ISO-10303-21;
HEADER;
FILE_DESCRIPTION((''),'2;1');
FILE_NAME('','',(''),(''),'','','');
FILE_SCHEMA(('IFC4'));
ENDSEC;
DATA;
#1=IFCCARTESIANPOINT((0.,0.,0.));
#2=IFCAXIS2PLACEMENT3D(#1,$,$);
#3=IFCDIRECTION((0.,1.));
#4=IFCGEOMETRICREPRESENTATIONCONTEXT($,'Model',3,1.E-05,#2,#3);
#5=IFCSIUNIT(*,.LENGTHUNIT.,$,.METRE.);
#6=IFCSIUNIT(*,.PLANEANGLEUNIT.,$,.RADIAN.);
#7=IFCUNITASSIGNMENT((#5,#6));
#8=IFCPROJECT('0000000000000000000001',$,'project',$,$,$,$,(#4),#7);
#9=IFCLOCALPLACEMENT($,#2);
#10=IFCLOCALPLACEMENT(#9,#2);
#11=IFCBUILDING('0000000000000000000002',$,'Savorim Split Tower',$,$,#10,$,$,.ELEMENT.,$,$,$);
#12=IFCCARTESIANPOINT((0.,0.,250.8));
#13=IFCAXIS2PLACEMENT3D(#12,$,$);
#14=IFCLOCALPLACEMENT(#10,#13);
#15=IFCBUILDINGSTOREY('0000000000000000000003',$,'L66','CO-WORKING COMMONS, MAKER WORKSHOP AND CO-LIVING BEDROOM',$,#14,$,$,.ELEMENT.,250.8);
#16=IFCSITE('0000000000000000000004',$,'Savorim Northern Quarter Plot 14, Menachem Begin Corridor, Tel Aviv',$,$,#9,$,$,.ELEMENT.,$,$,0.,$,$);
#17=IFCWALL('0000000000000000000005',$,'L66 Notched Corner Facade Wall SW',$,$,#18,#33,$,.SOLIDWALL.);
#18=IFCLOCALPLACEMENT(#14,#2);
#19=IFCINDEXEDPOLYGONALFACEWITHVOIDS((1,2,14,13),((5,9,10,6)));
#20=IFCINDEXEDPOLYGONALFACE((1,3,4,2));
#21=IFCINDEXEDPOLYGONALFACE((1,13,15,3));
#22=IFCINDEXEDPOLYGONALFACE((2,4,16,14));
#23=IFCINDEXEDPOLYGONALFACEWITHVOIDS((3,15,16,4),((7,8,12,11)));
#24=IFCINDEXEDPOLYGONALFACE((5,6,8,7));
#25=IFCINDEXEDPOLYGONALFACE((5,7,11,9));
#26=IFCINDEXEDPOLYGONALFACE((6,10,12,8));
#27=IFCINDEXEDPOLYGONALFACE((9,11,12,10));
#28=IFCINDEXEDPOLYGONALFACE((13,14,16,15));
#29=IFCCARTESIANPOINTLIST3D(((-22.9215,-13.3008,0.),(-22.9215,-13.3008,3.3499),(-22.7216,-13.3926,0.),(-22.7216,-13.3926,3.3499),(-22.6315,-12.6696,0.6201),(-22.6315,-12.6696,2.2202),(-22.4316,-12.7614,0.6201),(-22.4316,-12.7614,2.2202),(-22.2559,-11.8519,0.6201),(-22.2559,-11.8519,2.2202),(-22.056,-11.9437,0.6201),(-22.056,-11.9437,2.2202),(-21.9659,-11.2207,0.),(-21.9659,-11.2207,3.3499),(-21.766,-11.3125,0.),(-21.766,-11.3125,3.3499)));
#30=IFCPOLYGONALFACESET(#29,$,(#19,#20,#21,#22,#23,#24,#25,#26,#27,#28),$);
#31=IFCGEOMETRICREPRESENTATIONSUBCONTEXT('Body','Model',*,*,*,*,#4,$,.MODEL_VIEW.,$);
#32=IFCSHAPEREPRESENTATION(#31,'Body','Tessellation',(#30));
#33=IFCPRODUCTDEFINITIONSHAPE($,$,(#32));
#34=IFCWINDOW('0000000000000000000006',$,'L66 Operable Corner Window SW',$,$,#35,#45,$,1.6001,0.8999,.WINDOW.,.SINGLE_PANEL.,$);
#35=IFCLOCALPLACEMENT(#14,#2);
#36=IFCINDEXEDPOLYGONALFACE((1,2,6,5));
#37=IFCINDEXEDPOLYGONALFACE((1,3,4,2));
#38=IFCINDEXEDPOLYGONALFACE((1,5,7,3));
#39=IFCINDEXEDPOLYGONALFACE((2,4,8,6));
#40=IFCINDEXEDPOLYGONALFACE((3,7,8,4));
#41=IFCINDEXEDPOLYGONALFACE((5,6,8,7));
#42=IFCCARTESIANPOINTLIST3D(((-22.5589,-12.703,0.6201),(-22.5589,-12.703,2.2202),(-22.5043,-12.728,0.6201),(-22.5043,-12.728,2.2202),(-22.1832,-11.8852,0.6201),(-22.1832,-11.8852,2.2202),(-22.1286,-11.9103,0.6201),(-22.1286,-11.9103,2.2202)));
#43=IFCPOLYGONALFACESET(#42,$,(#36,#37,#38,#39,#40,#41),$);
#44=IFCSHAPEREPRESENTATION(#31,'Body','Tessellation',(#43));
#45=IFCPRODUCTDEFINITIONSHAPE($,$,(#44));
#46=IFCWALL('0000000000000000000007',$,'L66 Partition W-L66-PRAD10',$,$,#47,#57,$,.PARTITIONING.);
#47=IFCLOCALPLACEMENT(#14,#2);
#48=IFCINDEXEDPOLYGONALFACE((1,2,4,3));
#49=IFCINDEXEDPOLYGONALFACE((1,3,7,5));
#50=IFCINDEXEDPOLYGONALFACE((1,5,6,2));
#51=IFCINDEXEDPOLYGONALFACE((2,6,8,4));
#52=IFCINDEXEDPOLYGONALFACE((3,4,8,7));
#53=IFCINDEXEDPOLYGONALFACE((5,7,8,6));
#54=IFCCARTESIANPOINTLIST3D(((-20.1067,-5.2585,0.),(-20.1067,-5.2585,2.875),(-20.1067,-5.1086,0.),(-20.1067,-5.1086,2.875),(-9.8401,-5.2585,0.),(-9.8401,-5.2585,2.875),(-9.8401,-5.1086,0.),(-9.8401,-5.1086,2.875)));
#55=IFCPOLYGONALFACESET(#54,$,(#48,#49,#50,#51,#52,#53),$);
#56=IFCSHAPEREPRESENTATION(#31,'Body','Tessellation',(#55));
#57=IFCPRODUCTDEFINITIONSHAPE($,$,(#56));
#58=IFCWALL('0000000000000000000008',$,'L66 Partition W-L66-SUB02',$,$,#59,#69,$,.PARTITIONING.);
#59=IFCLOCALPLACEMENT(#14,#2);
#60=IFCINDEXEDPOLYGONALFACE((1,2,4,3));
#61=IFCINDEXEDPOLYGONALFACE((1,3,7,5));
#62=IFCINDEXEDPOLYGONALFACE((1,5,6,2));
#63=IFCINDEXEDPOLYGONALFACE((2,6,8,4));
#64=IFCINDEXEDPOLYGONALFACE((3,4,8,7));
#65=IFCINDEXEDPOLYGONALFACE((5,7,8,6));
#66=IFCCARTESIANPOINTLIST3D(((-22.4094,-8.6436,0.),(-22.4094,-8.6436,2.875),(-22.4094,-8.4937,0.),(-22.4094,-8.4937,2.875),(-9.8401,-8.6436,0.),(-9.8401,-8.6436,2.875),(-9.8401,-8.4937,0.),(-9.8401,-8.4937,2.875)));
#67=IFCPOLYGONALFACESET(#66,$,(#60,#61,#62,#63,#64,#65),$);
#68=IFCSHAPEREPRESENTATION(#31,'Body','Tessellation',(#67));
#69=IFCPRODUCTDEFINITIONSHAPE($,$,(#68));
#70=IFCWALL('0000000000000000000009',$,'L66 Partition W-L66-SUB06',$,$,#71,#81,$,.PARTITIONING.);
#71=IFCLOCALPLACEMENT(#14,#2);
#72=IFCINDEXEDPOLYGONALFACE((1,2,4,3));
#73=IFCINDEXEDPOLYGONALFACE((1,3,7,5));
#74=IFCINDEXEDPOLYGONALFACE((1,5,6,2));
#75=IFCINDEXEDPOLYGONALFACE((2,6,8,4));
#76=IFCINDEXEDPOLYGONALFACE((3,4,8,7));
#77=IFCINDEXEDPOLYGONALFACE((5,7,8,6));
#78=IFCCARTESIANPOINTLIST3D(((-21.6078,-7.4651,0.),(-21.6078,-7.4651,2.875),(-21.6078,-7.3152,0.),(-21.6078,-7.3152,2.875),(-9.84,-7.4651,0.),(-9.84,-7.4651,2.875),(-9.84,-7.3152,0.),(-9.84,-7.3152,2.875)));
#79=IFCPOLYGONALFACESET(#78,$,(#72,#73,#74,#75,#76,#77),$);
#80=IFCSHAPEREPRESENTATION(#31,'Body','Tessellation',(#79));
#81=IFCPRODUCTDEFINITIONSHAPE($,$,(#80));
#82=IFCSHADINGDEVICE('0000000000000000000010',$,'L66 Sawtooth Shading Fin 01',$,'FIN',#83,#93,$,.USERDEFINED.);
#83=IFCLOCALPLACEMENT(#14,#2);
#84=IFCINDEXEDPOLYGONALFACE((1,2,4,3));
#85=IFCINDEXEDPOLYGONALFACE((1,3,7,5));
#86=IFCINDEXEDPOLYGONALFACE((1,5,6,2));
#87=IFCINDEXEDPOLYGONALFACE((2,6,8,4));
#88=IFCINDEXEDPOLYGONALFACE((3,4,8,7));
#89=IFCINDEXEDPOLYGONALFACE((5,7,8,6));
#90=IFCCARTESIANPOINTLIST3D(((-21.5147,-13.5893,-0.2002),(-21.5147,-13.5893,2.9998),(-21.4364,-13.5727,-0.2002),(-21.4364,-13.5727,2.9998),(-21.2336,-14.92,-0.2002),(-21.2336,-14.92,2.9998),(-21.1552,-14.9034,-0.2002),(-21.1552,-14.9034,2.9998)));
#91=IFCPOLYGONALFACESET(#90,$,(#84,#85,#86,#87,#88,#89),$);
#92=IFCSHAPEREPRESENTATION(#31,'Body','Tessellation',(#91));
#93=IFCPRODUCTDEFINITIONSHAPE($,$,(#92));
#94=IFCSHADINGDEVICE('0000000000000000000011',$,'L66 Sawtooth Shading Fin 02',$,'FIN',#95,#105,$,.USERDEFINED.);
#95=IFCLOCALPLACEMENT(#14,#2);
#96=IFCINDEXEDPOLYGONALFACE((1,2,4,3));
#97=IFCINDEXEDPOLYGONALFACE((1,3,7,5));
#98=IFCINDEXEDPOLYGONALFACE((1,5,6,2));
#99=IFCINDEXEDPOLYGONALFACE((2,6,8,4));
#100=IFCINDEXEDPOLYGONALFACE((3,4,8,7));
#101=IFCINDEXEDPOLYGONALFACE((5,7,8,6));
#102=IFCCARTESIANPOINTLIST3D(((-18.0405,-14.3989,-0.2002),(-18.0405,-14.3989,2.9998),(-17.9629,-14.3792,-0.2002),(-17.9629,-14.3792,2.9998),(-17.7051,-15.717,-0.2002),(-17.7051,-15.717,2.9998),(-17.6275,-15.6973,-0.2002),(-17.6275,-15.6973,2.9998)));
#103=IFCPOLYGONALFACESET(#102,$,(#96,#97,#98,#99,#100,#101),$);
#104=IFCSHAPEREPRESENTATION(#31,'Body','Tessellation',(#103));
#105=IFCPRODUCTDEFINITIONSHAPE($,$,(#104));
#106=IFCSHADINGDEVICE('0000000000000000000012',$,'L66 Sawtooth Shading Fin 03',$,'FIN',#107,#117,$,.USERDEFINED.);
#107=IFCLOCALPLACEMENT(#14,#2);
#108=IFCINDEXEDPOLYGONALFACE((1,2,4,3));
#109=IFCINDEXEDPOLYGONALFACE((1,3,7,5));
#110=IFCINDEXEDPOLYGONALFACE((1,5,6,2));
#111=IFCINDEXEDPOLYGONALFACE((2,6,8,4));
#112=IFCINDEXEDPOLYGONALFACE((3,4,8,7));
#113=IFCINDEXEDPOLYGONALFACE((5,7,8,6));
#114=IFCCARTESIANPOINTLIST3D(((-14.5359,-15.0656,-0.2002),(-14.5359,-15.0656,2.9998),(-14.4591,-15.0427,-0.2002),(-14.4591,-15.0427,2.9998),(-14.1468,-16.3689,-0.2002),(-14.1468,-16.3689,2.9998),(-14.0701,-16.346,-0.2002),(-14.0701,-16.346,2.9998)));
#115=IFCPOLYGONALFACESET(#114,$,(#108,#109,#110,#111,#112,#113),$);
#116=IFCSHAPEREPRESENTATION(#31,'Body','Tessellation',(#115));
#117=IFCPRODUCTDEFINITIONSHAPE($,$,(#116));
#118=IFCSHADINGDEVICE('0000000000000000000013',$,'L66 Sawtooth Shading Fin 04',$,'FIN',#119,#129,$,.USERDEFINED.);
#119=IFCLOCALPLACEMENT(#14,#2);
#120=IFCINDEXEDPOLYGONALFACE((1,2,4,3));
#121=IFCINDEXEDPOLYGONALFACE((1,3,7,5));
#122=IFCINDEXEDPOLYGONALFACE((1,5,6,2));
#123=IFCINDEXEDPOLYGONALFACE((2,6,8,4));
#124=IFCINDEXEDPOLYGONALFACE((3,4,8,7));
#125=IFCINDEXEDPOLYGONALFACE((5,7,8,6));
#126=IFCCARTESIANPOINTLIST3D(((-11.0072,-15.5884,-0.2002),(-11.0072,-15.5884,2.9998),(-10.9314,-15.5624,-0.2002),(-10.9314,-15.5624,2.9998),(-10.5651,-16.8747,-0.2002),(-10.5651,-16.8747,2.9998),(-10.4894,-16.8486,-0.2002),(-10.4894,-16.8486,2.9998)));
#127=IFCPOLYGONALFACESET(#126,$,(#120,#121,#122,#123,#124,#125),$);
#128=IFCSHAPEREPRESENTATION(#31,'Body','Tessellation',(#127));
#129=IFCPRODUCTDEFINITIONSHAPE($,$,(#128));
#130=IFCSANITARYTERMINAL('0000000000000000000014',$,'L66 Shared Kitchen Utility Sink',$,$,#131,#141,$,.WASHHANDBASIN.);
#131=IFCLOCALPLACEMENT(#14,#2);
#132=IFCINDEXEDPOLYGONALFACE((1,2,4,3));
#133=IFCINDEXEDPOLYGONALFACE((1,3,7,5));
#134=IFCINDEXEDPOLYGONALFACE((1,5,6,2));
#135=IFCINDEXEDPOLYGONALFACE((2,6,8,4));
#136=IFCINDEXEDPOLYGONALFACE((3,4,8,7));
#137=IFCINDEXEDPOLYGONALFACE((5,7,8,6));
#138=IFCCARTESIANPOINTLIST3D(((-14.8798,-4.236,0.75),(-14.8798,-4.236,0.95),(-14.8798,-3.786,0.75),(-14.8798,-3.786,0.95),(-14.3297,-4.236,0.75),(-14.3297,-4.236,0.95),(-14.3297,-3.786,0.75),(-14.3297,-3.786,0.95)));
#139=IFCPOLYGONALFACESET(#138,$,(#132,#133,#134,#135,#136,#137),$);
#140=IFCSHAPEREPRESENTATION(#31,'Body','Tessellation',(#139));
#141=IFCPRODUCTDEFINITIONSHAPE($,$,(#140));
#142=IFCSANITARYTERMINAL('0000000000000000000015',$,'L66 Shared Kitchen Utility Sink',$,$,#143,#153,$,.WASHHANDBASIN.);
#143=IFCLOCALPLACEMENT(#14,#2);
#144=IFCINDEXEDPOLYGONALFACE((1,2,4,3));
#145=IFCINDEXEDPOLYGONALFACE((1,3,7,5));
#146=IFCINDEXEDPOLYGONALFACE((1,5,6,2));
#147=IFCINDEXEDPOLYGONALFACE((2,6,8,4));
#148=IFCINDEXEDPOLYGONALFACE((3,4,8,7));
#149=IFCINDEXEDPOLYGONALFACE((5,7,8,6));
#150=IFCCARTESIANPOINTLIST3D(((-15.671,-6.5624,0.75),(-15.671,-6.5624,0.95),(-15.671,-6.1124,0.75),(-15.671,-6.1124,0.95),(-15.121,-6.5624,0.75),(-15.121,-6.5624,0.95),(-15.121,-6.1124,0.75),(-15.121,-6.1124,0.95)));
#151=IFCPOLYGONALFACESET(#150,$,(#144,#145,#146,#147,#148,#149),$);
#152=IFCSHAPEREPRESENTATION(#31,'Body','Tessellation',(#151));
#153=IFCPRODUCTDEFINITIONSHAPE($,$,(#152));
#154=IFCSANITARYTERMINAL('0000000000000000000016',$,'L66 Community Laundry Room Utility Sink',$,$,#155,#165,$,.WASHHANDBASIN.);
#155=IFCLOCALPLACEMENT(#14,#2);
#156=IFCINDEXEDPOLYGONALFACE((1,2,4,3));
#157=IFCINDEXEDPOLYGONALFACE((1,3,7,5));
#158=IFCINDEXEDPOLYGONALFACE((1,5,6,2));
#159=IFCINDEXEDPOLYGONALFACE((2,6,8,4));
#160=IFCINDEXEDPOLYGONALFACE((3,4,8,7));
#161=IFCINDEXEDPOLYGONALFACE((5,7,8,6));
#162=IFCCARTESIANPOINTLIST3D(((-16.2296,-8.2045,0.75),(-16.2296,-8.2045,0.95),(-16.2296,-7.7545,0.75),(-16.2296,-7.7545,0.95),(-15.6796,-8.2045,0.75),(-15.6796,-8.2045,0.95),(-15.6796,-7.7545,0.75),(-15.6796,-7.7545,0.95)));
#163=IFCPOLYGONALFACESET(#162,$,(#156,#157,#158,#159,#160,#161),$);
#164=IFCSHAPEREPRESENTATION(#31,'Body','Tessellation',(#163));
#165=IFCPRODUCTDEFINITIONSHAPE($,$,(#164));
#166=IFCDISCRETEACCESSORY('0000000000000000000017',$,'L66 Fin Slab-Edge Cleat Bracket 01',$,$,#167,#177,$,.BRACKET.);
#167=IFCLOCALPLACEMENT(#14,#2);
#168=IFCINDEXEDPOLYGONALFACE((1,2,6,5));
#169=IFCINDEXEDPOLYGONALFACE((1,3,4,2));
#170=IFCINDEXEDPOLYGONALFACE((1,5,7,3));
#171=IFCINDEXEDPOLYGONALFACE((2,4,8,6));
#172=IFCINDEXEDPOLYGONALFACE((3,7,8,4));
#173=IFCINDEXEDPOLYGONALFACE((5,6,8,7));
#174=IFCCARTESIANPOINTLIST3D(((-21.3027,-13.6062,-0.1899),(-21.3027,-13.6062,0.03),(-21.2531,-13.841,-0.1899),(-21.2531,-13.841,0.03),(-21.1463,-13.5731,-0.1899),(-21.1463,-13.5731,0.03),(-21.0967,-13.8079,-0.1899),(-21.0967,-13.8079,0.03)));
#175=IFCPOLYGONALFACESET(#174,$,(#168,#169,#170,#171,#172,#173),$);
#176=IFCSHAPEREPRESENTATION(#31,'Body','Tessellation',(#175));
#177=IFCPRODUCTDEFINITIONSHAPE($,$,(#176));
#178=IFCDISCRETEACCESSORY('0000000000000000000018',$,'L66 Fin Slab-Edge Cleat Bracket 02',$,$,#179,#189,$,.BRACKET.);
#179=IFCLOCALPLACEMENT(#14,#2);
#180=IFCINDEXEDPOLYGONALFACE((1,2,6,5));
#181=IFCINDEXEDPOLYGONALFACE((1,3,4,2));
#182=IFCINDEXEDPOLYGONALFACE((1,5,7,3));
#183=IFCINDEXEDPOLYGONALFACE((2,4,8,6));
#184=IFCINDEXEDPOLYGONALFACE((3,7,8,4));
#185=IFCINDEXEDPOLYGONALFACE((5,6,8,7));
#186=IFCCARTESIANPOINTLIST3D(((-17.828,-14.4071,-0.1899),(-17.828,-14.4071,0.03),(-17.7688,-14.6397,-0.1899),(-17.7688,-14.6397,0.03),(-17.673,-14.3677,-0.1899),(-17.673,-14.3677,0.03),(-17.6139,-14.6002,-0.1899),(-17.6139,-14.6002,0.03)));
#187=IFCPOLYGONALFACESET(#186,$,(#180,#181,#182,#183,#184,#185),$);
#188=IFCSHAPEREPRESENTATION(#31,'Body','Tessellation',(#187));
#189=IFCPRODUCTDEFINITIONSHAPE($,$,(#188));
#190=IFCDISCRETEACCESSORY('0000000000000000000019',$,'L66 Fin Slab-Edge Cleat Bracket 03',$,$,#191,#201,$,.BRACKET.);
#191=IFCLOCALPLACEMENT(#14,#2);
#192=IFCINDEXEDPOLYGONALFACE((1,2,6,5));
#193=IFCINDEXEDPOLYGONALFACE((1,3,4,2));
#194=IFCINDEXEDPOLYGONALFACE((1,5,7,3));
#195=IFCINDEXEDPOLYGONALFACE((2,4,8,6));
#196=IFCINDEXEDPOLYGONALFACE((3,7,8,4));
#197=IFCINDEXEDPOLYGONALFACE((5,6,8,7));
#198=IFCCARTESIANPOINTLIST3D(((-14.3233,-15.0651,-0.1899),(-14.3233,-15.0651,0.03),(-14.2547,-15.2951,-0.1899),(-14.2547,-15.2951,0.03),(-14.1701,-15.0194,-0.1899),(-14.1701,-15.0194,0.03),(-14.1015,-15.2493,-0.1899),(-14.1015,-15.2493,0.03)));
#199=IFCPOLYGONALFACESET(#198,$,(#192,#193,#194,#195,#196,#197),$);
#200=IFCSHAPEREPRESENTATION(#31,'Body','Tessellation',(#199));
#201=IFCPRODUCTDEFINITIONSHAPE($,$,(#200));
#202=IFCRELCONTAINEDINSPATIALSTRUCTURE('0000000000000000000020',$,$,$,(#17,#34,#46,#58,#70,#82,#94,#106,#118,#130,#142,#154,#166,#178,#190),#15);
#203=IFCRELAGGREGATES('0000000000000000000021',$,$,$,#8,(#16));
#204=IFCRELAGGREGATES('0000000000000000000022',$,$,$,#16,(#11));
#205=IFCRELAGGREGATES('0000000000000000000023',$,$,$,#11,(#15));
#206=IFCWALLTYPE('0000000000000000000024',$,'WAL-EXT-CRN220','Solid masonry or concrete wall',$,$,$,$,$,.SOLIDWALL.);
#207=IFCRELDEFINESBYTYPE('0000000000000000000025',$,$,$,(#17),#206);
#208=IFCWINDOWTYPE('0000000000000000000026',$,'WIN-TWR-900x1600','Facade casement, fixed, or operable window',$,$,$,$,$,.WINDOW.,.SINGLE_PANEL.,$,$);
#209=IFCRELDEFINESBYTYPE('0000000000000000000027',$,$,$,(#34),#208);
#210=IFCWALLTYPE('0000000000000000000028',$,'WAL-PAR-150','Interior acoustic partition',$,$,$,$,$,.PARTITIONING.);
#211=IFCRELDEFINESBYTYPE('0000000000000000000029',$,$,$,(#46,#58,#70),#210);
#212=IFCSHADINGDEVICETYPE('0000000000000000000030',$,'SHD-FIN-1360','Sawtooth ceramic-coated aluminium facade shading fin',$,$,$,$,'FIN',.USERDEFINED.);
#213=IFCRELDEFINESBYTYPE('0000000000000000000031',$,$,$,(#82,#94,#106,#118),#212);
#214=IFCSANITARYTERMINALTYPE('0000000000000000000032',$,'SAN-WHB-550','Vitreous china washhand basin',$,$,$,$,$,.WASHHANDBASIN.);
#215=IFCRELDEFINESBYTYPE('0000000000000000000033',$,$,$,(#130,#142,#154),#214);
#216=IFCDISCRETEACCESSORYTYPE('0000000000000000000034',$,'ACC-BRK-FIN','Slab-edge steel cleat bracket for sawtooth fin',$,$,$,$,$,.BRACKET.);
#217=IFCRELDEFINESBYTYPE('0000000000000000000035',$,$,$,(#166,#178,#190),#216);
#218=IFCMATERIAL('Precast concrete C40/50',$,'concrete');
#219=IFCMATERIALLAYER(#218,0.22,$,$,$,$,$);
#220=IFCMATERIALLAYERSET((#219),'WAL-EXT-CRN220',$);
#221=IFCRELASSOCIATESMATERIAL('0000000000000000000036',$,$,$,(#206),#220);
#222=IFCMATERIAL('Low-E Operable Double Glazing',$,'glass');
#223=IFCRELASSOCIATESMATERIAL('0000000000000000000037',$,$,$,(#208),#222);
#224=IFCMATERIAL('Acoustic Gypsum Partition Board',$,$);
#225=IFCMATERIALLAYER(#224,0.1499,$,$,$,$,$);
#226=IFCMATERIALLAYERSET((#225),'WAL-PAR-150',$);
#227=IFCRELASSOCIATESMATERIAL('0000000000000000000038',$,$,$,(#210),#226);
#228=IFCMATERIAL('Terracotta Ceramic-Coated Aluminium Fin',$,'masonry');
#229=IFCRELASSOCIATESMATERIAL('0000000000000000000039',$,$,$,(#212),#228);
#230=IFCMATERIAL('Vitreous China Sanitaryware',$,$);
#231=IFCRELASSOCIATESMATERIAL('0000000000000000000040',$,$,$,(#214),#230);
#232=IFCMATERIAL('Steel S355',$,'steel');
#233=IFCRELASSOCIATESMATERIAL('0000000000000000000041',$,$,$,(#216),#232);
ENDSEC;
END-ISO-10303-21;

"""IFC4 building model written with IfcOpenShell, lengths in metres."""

from ifc_helpers import new_model, si_unit, direction, frame, frame_2d, origin, origin_2d, place, context, subcontext, project, spatial, rectangle, extrude, material, layer, layer_set, type_object, element, fill, save


model = new_model("IFC4")

# Units and contexts
model_context = context("Model", 3, precision=1e-05, world=origin(), true_north=direction((0.0, 1.0)))
body_context = subcontext(model_context, "Body", "Model", "MODEL_VIEW")
ifc_project = project(units=[si_unit("LENGTHUNIT", "METRE"), si_unit("PLANEANGLEUNIT", "RADIAN")], contexts=[model_context])

# Site, building, storey
site_placement = place(None, origin())
site = spatial("IfcSite", under=ifc_project, at=site_placement, Name="Savorim Northern Quarter Plot 14, Menachem Begin Corridor, Tel Aviv", CompositionType="ELEMENT", RefElevation=0.0)
building_placement = place(site_placement, origin())
building = spatial("IfcBuilding", under=site, at=building_placement, Name="Savorim Split Tower", CompositionType="ELEMENT")
storey_placement = place(building_placement, frame((0.0, 0.0, 250.8)))
storey = spatial("IfcBuildingStorey", under=building, at=storey_placement, Name="L66", Description="CO-WORKING COMMONS, MAKER WORKSHOP AND CO-LIVING BEDROOM", CompositionType="ELEMENT", Elevation=250.8)

# Shared definitions
ifc_material_1 = material(Name="Steel S355", Category="steel")

# Shared definitions
ifc_material_2 = material(Name="Precast concrete C40/50", Category="concrete")
ifc_layer_1 = layer(ifc_material_2, 0.22)
ifc_layer_set_1 = layer_set([ifc_layer_1], Name="WAL-EXT-CRN220")
wall_type_1 = type_object("IfcWallType", Name="WAL-EXT-CRN220", Description="Solid masonry or concrete wall", PredefinedType="SOLIDWALL", material=ifc_layer_set_1)

# Wall, opening, window
wall_1_placement = place(storey_placement, frame((-22.8215, -13.3467, 0.0), z_axis=(0.0, 0.0, 1.0), x_axis=(0.417448, 0.908701, 0.0)))
wall_1 = element("IfcWall", 1, at=wall_1_placement, inside=storey, type_object=wall_type_1, Name="L66 Notched Corner Facade Wall SW", PredefinedType="SOLIDWALL", context=body_context, shape_type="SweptSolid", body=[
    extrude(rectangle(XDim=2.2891, YDim=0.22, at=frame_2d((1.1445, 0.0))), origin(), (0.0, 0.0, 1.0), 3.3499),
])
opening_placement = place(wall_1_placement, frame((0.6946, 0.0, 0.6201)))
opening = element("IfcOpeningElement", 2, at=opening_placement, cuts=wall_1, PredefinedType="OPENING", context=body_context, shape_type="SweptSolid", body=[
    extrude(rectangle(XDim=0.8999, YDim=1.6001, at=frame_2d((0.45, 0.8))), frame((0.0, 0.1199, 0.0), z_axis=(0.0, -1.0, 0.0), x_axis=(1.0, 0.0, 0.0)), (0.0, 0.0, 1.0), 0.24),
])
ifc_material_3 = material(Name="Low-E Operable Double Glazing", Category="glass")
window_type = type_object("IfcWindowType", Name="WIN-TWR-900x1600", Description="Facade casement, fixed, or operable window", PartitioningType="SINGLE_PANEL", PredefinedType="WINDOW", material=ifc_material_3)
window_placement = place(opening_placement, origin())
window = element("IfcWindow", 3, at=window_placement, inside=storey, type_object=window_type, Name="L66 Operable Corner Window SW", OverallHeight=1.6001, OverallWidth=0.8999, PartitioningType="SINGLE_PANEL", PredefinedType="WINDOW", context=body_context, shape_type="SweptSolid", body=[
    extrude(rectangle(XDim=0.8999, YDim=1.6001, at=frame_2d((0.45, 0.8))), frame((0.0, 0.03, 0.0), z_axis=(0.0, -1.0, 0.0), x_axis=(1.0, 0.0, 0.0)), (0.0, 0.0, 1.0), 0.0601),
])
fill(opening, window)

# Walls
ifc_material_4 = material(Name="Acoustic Gypsum Partition Board")
ifc_layer_2 = layer(ifc_material_4, 0.1499)
ifc_layer_set_2 = layer_set([ifc_layer_2], Name="WAL-PAR-150")
wall_type_2 = type_object("IfcWallType", Name="WAL-PAR-150", Description="Interior acoustic partition", PredefinedType="PARTITIONING", material=ifc_layer_set_2)
wall_2_placement = place(storey_placement, frame((-9.8401, -5.1836, 0.0), z_axis=(0.0, 0.0, 1.0), x_axis=(-1.0, 0.0, 0.0)))
element("IfcWall", 4, at=wall_2_placement, inside=storey, type_object=wall_type_2, Name="L66 Partition W-L66-PRAD10", PredefinedType="PARTITIONING", context=body_context, shape_type="SweptSolid", body=[
    extrude(rectangle(XDim=10.2666, YDim=0.1499, at=frame_2d((5.1333, 0.0))), origin(), (0.0, 0.0, 1.0), 2.875),
])
wall_3_placement = place(storey_placement, frame((-9.8401, -8.5686, 0.0), z_axis=(0.0, 0.0, 1.0), x_axis=(-1.0, 0.0, 0.0)))
element("IfcWall", 5, at=wall_3_placement, inside=storey, type_object=wall_type_2, Name="L66 Partition W-L66-SUB02", PredefinedType="PARTITIONING", context=body_context, shape_type="SweptSolid", body=[
    extrude(rectangle(XDim=12.5693, YDim=0.1499, at=frame_2d((6.2847, 0.0))), origin(), (0.0, 0.0, 1.0), 2.875),
])
wall_4_placement = place(storey_placement, frame((-9.8401, -7.3901, 0.0), z_axis=(0.0, 0.0, 1.0), x_axis=(-1.0, 0.0, 0.0)))
element("IfcWall", 6, at=wall_4_placement, inside=storey, type_object=wall_type_2, Name="L66 Partition W-L66-SUB06", PredefinedType="PARTITIONING", context=body_context, shape_type="SweptSolid", body=[
    extrude(rectangle(XDim=11.7678, YDim=0.1499, at=frame_2d((5.8838, 0.0))), origin(), (0.0, 0.0, 1.0), 2.875),
])

# Shading devices
ifc_material_5 = material(Name="Terracotta Ceramic-Coated Aluminium Fin", Category="masonry")
shading_device_type = type_object("IfcShadingDeviceType", Name="SHD-FIN-1360", Description="Sawtooth ceramic-coated aluminium facade shading fin", ElementType="FIN", PredefinedType="USERDEFINED", material=ifc_material_5)
for number, where, z_axis, x_axis, name in (
    (7, (-21.335, -14.2463, -0.2002), (0.0, 0.0, 1.0), (0.206722, -0.9784, 0.0), "L66 Sawtooth Shading Fin 01"),
    (8, (-17.834, -15.0481, -0.2002), (0.0, 0.0, 1.0), (0.246581, -0.969122, 0.0), "L66 Sawtooth Shading Fin 02"),
    (9, (-14.303, -15.7058, -0.2002), (0.0, 0.0, 1.0), (0.286026, -0.958222, 0.0), "L66 Sawtooth Shading Fin 03"),
    (10, (-10.7483, -16.2185, -0.2002), (0.0, 0.0, 1.0), (0.324994, -0.945716, 0.0), "L66 Sawtooth Shading Fin 04"),
):
    element("IfcShadingDevice", number, at=place(storey_placement, frame(where, z_axis=z_axis, x_axis=x_axis)), inside=storey, type_object=shading_device_type, Name=name, ObjectType="FIN", PredefinedType="USERDEFINED", context=body_context, shape_type="SweptSolid", body=[
        extrude(rectangle(XDim=1.3601, YDim=0.0801, at=origin_2d()), origin(), (0.0, 0.0, 1.0), 3.2),
    ])

# Sanitary terminals
ifc_material_6 = material(Name="Vitreous China Sanitaryware")
sanitary_terminal_type = type_object("IfcSanitaryTerminalType", Name="SAN-WHB-550", Description="Vitreous china washhand basin", PredefinedType="WASHHANDBASIN", material=ifc_material_6)
for number, where, z_axis, x_axis, name in (
    (11, (-14.6047, -4.011, 0.75), (0.0, 0.0, 1.0), (1.0, 0.0, 0.0), "L66 Shared Kitchen Utility Sink"),
    (12, (-15.396, -6.3374, 0.75), (0.0, 0.0, 1.0), (1.0, 0.0, 0.0), "L66 Shared Kitchen Utility Sink"),
    (13, (-15.9546, -7.9795, 0.75), (0.0, 0.0, 1.0), (1.0, 0.0, 0.0), "L66 Community Laundry Room Utility Sink"),
):
    element("IfcSanitaryTerminal", number, at=place(storey_placement, frame(where, z_axis=z_axis, x_axis=x_axis)), inside=storey, type_object=sanitary_terminal_type, Name=name, PredefinedType="WASHHANDBASIN", context=body_context, shape_type="SweptSolid", body=[
        extrude(rectangle(XDim=0.55, YDim=0.45, at=origin_2d()), origin(), (0.0, 0.0, 1.0), 0.2),
    ])

# Discrete accessories
discrete_accessory_type = type_object("IfcDiscreteAccessoryType", Name="ACC-BRK-FIN", Description="Slab-edge steel cleat bracket for sawtooth fin", PredefinedType="BRACKET", material=ifc_material_1)
for number, where, z_axis, x_axis, name in (
    (14, (-21.1997, -13.707, -0.1899), (0.0, 0.0, 1.0), (0.206722, -0.9784, 0.0), "L66 Fin Slab-Edge Cleat Bracket 01"),
    (15, (-17.7209, -14.5037, -0.1899), (0.0, 0.0, 1.0), (0.246581, -0.969122, 0.0), "L66 Fin Slab-Edge Cleat Bracket 02"),
    (16, (-14.2124, -15.1572, -0.1899), (0.0, 0.0, 1.0), (0.286026, -0.958222, 0.0), "L66 Fin Slab-Edge Cleat Bracket 03"),
):
    element("IfcDiscreteAccessory", number, at=place(storey_placement, frame(where, z_axis=z_axis, x_axis=x_axis)), inside=storey, type_object=discrete_accessory_type, Name=name, PredefinedType="BRACKET", context=body_context, shape_type="SweptSolid", body=[
        extrude(rectangle(XDim=0.24, YDim=0.1599, at=origin_2d()), origin(), (0.0, 0.0, 1.0), 0.22),
    ])

save(model, "model.ifc")
